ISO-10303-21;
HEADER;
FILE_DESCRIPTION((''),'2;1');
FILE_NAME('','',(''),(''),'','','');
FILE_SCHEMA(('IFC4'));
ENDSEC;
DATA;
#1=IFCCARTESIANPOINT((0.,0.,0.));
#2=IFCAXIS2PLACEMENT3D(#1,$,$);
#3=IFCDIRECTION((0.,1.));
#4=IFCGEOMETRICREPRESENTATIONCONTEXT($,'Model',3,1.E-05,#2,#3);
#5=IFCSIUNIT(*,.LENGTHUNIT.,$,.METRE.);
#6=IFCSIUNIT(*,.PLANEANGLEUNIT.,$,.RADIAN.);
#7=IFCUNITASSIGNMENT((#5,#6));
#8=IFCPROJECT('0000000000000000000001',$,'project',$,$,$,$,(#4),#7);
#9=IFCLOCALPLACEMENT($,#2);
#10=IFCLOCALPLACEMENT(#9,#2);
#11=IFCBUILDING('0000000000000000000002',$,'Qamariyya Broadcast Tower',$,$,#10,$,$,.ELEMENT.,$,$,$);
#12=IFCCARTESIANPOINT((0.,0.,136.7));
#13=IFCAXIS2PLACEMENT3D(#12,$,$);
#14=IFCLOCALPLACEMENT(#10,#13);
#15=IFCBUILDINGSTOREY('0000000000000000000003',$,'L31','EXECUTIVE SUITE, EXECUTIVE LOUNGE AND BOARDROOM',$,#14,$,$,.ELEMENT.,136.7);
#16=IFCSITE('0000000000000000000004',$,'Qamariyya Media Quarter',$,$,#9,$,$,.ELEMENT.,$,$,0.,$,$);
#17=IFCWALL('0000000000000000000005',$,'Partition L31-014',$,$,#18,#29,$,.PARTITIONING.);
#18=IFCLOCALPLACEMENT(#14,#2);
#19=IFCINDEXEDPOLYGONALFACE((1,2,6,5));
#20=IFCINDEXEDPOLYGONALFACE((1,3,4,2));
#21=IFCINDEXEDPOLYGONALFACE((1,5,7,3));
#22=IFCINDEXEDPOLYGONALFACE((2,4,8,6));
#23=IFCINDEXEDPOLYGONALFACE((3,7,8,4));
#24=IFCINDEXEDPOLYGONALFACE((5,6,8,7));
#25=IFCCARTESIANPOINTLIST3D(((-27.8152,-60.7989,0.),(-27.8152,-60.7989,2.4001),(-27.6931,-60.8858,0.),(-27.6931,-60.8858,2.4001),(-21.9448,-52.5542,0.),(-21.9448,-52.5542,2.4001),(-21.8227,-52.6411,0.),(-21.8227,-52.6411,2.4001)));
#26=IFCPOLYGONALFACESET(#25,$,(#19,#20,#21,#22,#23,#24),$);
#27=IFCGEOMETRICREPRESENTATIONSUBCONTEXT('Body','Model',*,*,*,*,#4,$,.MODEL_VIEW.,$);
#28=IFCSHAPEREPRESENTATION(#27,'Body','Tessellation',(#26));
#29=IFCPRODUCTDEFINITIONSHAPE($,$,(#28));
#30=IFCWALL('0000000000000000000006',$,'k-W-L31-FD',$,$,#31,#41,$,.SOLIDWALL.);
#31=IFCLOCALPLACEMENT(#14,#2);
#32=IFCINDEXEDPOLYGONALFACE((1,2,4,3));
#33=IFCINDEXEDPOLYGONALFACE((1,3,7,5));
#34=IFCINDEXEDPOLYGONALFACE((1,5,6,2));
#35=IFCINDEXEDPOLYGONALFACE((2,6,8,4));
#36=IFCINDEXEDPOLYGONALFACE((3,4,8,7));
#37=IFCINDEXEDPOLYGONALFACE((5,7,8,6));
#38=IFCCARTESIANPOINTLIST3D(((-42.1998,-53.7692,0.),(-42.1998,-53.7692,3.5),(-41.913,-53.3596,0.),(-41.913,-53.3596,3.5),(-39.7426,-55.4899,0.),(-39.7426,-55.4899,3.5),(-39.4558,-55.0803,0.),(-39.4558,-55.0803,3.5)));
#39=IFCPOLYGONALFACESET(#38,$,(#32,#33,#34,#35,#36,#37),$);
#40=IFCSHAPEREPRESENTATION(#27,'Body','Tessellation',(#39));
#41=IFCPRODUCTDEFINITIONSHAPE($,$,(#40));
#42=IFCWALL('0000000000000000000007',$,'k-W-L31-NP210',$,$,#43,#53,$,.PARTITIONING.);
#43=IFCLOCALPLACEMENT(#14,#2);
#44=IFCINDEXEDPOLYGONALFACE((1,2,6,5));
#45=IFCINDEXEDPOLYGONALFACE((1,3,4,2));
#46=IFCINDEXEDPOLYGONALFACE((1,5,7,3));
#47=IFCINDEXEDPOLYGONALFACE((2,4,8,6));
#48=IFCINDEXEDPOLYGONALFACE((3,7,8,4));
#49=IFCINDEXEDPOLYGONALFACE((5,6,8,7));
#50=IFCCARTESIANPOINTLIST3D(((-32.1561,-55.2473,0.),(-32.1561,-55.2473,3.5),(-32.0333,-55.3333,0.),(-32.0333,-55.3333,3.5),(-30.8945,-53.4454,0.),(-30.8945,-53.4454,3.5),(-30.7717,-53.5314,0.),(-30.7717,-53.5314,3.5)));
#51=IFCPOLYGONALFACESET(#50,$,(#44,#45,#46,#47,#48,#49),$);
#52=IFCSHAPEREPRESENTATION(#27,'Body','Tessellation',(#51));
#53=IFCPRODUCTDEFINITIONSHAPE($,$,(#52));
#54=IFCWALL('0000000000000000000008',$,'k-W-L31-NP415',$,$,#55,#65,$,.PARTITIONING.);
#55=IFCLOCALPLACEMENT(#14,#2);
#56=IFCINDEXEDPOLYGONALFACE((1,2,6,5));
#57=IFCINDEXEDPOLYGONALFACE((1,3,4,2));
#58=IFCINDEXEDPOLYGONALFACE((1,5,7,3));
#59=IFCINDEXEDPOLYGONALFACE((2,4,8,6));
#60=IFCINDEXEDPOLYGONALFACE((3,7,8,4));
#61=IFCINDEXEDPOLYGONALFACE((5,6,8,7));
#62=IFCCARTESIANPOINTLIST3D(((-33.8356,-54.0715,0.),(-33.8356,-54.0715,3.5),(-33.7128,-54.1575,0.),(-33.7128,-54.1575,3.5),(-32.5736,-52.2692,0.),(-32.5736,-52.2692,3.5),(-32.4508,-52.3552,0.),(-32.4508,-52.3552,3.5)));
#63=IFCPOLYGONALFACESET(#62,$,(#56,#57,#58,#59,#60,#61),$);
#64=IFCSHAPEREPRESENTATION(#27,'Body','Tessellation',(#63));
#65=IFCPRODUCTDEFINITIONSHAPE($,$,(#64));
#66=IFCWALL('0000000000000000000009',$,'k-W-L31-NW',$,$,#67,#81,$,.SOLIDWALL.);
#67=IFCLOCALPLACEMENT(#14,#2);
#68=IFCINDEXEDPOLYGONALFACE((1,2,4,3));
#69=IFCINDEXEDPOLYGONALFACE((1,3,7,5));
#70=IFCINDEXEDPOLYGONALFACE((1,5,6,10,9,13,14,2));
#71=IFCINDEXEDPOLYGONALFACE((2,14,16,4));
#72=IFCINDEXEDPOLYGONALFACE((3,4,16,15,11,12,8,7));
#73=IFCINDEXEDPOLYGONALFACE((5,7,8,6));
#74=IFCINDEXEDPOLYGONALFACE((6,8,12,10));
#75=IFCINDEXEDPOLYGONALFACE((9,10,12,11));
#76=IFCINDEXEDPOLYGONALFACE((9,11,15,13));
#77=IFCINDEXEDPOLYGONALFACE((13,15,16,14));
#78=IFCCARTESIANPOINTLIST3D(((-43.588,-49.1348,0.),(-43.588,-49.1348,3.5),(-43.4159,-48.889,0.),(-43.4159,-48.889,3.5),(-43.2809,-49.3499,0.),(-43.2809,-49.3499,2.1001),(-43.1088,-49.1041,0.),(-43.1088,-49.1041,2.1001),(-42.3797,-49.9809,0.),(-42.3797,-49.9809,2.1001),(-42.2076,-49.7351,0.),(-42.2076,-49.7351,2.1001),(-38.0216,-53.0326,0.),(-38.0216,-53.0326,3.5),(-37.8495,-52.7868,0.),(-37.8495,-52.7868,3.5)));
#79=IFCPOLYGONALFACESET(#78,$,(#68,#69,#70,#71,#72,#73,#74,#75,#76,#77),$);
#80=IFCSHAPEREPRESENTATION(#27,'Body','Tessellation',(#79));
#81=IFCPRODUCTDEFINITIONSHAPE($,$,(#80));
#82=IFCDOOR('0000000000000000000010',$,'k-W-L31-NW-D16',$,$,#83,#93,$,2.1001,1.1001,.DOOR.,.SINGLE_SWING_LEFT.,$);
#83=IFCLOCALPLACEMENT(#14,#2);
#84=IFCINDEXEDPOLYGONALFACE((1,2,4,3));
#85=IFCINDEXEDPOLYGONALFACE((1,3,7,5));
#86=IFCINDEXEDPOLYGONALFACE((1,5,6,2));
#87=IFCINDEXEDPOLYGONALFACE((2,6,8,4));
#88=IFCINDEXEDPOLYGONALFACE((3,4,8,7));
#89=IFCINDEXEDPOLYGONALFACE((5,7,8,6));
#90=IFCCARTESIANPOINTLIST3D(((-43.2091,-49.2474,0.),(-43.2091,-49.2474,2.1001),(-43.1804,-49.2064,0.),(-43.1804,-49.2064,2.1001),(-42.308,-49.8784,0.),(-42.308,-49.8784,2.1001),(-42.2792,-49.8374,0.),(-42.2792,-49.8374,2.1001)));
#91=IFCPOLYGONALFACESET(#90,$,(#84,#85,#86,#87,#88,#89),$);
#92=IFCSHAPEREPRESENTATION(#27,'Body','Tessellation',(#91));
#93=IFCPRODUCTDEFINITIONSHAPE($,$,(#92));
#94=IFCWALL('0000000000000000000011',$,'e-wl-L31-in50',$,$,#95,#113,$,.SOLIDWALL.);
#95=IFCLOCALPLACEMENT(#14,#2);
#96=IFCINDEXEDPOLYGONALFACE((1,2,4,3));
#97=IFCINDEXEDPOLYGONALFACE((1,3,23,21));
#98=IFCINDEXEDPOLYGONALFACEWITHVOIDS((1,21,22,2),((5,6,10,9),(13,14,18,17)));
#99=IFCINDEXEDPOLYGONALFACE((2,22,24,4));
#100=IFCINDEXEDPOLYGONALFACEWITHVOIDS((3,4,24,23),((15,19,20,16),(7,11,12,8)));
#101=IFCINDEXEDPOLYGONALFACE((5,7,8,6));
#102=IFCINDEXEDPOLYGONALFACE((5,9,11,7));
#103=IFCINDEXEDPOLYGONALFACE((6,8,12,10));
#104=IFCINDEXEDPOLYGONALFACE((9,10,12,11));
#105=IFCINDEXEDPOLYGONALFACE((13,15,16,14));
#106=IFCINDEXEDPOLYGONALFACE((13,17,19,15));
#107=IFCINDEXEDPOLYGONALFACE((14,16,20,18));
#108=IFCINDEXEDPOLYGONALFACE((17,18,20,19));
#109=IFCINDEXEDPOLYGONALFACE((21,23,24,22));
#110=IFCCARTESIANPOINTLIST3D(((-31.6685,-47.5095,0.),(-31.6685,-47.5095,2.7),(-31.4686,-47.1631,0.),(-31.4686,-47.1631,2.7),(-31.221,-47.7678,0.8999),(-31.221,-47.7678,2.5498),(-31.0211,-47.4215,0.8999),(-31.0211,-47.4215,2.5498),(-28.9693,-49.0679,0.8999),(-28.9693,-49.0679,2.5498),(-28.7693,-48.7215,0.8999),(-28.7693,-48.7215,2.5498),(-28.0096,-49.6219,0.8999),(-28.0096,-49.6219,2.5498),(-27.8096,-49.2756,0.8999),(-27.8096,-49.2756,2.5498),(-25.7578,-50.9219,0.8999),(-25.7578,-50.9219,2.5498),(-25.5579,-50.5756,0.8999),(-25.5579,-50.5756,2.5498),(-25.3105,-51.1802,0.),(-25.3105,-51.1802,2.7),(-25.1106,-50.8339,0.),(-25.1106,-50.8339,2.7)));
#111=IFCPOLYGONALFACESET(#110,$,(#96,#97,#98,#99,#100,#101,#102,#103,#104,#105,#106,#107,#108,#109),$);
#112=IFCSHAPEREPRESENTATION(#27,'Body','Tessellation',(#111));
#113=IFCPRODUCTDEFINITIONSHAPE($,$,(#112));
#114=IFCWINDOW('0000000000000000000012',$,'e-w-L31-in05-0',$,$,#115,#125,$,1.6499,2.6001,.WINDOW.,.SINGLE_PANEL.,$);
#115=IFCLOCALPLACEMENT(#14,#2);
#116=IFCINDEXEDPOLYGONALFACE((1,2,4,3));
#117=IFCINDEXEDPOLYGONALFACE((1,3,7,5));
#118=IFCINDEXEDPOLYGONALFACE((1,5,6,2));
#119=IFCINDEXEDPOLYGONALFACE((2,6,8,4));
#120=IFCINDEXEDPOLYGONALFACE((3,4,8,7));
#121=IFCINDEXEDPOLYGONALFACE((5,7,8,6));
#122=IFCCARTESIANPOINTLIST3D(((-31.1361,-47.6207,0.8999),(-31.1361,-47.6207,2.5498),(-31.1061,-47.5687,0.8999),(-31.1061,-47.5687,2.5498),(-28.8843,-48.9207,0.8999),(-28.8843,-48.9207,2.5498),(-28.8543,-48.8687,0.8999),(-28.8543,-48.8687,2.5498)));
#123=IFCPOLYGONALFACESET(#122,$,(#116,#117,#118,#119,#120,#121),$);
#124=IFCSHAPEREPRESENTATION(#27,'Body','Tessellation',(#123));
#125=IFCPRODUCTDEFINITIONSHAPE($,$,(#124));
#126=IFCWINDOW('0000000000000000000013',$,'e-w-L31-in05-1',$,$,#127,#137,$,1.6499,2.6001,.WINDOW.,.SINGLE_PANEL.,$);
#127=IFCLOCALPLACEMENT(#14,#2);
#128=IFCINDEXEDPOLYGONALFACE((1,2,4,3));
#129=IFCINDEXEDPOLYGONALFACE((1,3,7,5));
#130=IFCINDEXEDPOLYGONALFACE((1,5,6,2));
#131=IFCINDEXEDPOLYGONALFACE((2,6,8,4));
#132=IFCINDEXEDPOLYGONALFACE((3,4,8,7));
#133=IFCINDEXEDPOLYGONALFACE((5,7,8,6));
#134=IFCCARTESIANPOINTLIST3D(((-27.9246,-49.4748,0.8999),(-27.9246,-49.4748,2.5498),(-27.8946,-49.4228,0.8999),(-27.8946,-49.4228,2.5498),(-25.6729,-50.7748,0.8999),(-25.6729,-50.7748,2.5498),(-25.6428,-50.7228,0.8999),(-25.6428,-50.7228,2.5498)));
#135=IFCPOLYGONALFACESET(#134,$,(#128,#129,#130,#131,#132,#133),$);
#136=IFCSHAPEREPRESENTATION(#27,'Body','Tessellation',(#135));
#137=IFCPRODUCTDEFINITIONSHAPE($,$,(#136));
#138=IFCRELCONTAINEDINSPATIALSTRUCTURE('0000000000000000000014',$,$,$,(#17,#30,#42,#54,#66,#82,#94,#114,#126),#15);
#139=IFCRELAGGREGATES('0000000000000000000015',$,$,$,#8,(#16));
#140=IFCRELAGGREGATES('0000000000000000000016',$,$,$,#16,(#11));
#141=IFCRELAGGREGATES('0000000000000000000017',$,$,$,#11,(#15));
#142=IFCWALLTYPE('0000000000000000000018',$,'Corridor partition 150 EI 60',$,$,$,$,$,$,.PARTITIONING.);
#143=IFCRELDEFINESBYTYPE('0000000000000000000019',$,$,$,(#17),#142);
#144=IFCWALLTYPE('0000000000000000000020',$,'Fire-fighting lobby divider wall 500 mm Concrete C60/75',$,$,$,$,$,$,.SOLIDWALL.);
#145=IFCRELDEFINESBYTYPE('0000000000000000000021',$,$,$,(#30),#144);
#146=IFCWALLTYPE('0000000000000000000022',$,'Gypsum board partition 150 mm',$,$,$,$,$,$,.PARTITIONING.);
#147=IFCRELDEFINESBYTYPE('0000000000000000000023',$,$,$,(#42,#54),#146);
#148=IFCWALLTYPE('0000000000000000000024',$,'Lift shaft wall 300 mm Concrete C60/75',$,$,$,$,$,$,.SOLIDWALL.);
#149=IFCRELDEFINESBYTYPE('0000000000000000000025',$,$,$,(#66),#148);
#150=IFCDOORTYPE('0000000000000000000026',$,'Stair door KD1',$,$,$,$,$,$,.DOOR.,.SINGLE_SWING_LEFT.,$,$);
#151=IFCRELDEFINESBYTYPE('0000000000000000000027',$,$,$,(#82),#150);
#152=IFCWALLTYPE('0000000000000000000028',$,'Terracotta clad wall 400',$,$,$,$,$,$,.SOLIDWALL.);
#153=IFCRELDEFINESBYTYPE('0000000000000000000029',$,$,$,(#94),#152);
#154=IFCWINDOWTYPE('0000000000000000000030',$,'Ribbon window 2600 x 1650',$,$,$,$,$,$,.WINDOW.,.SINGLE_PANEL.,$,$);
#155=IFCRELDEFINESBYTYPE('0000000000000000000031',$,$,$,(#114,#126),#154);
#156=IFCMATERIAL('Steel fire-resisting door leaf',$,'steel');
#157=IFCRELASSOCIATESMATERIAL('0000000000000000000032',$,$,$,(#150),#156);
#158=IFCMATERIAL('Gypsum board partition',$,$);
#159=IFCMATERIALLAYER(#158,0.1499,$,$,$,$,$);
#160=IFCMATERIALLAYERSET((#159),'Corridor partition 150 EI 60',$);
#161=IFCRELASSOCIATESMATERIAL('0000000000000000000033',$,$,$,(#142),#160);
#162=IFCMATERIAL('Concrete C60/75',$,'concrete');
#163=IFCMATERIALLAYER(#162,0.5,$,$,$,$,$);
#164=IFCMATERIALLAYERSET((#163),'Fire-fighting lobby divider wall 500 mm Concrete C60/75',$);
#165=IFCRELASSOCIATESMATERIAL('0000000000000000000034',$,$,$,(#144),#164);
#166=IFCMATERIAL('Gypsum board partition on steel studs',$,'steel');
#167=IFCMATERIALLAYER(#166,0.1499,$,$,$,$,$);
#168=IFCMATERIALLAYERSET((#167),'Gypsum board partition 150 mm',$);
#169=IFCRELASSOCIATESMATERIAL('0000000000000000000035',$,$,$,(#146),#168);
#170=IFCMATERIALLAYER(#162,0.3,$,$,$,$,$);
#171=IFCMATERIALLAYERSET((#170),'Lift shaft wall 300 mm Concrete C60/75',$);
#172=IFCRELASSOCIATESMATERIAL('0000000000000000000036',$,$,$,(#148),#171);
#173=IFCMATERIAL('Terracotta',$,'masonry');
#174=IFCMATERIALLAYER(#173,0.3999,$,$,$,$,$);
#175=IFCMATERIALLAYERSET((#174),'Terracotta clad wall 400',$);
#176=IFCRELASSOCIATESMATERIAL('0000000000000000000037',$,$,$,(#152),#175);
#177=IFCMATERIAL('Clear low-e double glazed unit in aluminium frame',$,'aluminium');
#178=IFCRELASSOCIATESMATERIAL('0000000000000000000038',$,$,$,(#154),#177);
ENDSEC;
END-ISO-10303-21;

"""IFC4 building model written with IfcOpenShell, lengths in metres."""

from ifc_helpers import new_model, si_unit, direction, frame, frame_2d, origin, place, context, subcontext, project, spatial, rectangle, extrude, material, layer, layer_set, type_object, element, fill, save


model = new_model("IFC4")

# Units and contexts
model_context = context("Model", 3, precision=1e-05, world=origin(), true_north=direction((0.0, 1.0)))
body_context = subcontext(model_context, "Body", "Model", "MODEL_VIEW")
ifc_project = project(units=[si_unit("LENGTHUNIT", "METRE"), si_unit("PLANEANGLEUNIT", "RADIAN")], contexts=[model_context])

# Site, building, storey
site_placement = place(None, origin())
site = spatial("IfcSite", under=ifc_project, at=site_placement, Name="Qamariyya Media Quarter", CompositionType="ELEMENT", RefElevation=0.0)
building_placement = place(site_placement, origin())
building = spatial("IfcBuilding", under=site, at=building_placement, Name="Qamariyya Broadcast Tower", CompositionType="ELEMENT")
storey_placement = place(building_placement, frame((0.0, 0.0, 136.7)))
storey = spatial("IfcBuildingStorey", under=building, at=storey_placement, Name="L31", Description="EXECUTIVE SUITE, EXECUTIVE LOUNGE AND BOARDROOM", CompositionType="ELEMENT", Elevation=136.7)

# Shared definitions
ifc_material_1 = material(Name="Steel fire-resisting door leaf", Category="steel")
door_type_1 = type_object("IfcDoorType", Name="Stair door KD1", OperationType="SINGLE_SWING_LEFT", PredefinedType="DOOR", material=ifc_material_1)

# Walls
ifc_material_2 = material(Name="Gypsum board partition")
ifc_layer_1 = layer(ifc_material_2, 0.1499)
ifc_layer_set_1 = layer_set([ifc_layer_1], Name="Corridor partition 150 EI 60")
wall_type_1 = type_object("IfcWallType", Name="Corridor partition 150 EI 60", PredefinedType="PARTITIONING", material=ifc_layer_set_1)
wall_1_placement = place(storey_placement, frame((-21.8838, -52.5977, 0.0), z_axis=(0.0, 0.0, 1.0), x_axis=(-0.580017, -0.814605, 0.0)))
element("IfcWall", 1, at=wall_1_placement, inside=storey, type_object=wall_type_1, Name="Partition L31-014", PredefinedType="PARTITIONING", context=body_context, shape_type="SweptSolid", body=[
    extrude(rectangle(XDim=10.1211, YDim=0.1499, at=frame_2d((5.0605, 0.0))), origin(), (0.0, 0.0, 1.0), 2.4001),
])
ifc_material_3 = material(Name="Concrete C60/75", Category="concrete")
ifc_layer_2 = layer(ifc_material_3, 0.5)
ifc_layer_set_2 = layer_set([ifc_layer_2], Name="Fire-fighting lobby divider wall 500 mm Concrete C60/75")
wall_type_2 = type_object("IfcWallType", Name="Fire-fighting lobby divider wall 500 mm Concrete C60/75", PredefinedType="SOLIDWALL", material=ifc_layer_set_2)
wall_2_placement = place(storey_placement, frame((-39.5991, -55.2852, 0.0), z_axis=(0.0, 0.0, 1.0), x_axis=(-0.819136, 0.573599, 0.0)))
element("IfcWall", 2, at=wall_2_placement, inside=storey, type_object=wall_type_2, Name="k-W-L31-FD", PredefinedType="SOLIDWALL", context=body_context, shape_type="SweptSolid", body=[
    extrude(rectangle(XDim=2.9998, YDim=0.5, at=frame_2d((1.5, 0.0))), origin(), (0.0, 0.0, 1.0), 3.5),
])
ifc_material_4 = material(Name="Gypsum board partition on steel studs", Category="steel")
ifc_layer_3 = layer(ifc_material_4, 0.1499)
ifc_layer_set_3 = layer_set([ifc_layer_3], Name="Gypsum board partition 150 mm")
wall_type_3 = type_object("IfcWallType", Name="Gypsum board partition 150 mm", PredefinedType="PARTITIONING", material=ifc_layer_set_3)
wall_3_placement = place(storey_placement, frame((-32.0947, -55.2903, 0.0), z_axis=(0.0, 0.0, 1.0), x_axis=(0.573559, 0.819164, 0.0)))
element("IfcWall", 3, at=wall_3_placement, inside=storey, type_object=wall_type_3, Name="k-W-L31-NP210", PredefinedType="PARTITIONING", context=body_context, shape_type="SweptSolid", body=[
    extrude(rectangle(XDim=2.1997, YDim=0.1499, at=frame_2d((1.0999, 0.0))), origin(), (0.0, 0.0, 1.0), 3.5),
])
wall_4_placement = place(storey_placement, frame((-33.7742, -54.1145, 0.0), z_axis=(0.0, 0.0, 1.0), x_axis=(0.573581, 0.819149, 0.0)))
element("IfcWall", 4, at=wall_4_placement, inside=storey, type_object=wall_type_3, Name="k-W-L31-NP415", PredefinedType="PARTITIONING", context=body_context, shape_type="SweptSolid", body=[
    extrude(rectangle(XDim=2.2002, YDim=0.1499, at=frame_2d((1.1001, 0.0))), origin(), (0.0, 0.0, 1.0), 3.5),
])

# Wall, opening, door
ifc_layer_4 = layer(ifc_material_3, 0.3)
ifc_layer_set_4 = layer_set([ifc_layer_4], Name="Lift shaft wall 300 mm Concrete C60/75")
wall_type_4 = type_object("IfcWallType", Name="Lift shaft wall 300 mm Concrete C60/75", PredefinedType="SOLIDWALL", material=ifc_layer_set_4)
wall_5_placement = place(storey_placement, frame((-37.9355, -52.9097, 0.0), z_axis=(0.0, 0.0, 1.0), x_axis=(-0.819148, 0.573583, 0.0)))
wall_5 = element("IfcWall", 5, at=wall_5_placement, inside=storey, type_object=wall_type_4, Name="k-W-L31-NW", PredefinedType="SOLIDWALL", context=body_context, shape_type="SweptSolid", body=[
    extrude(rectangle(XDim=6.7954, YDim=0.3, at=frame_2d((3.3977, 0.0))), origin(), (0.0, 0.0, 1.0), 3.5),
])
opening_1_placement = place(wall_5_placement, frame((5.3203, 0.0, 0.0)))
opening_1 = element("IfcOpeningElement", 6, at=opening_1_placement, cuts=wall_5, PredefinedType="OPENING", context=body_context, shape_type="SweptSolid", body=[
    extrude(rectangle(XDim=1.1001, YDim=2.1001, at=frame_2d((0.55, 1.05))), frame((0.0, 0.1599, 0.0), z_axis=(0.0, -1.0, 0.0), x_axis=(1.0, 0.0, 0.0)), (0.0, 0.0, 1.0), 0.3201),
])
door_1_placement = place(opening_1_placement, origin())
door_1 = element("IfcDoor", 7, at=door_1_placement, inside=storey, type_object=door_type_1, Name="k-W-L31-NW-D16", OperationType="SINGLE_SWING_LEFT", OverallHeight=2.1001, OverallWidth=1.1001, PredefinedType="DOOR", context=body_context, shape_type="SweptSolid", body=[
    extrude(rectangle(XDim=1.1001, YDim=2.1001, at=frame_2d((0.55, 1.05))), frame((0.0, 0.0249, 0.0), z_axis=(0.0, -1.0, 0.0), x_axis=(1.0, 0.0, 0.0)), (0.0, 0.0, 1.0), 0.05),
])
fill(opening_1, door_1)

# Wall, openings, windows
ifc_material_5 = material(Name="Terracotta", Category="masonry")
ifc_layer_5 = layer(ifc_material_5, 0.3999)
ifc_layer_set_5 = layer_set([ifc_layer_5], Name="Terracotta clad wall 400")
wall_type_5 = type_object("IfcWallType", Name="Terracotta clad wall 400", PredefinedType="SOLIDWALL", material=ifc_layer_set_5)
wall_6_placement = place(storey_placement, frame((-25.2104, -51.0071, 0.0), z_axis=(0.0, 0.0, 1.0), x_axis=(-0.866031, 0.499991, 0.0)))
wall_6 = element("IfcWall", 8, at=wall_6_placement, inside=storey, type_object=wall_type_5, Name="e-wl-L31-in50", PredefinedType="SOLIDWALL", context=body_context, shape_type="SweptSolid", body=[
    extrude(rectangle(XDim=7.3416, YDim=0.3999, at=frame_2d((3.6709, 0.0))), origin(), (0.0, 0.0, 1.0), 2.7),
])
opening_2_placement = place(wall_6_placement, frame((4.2249, 0.0, 0.8999)))
opening_2 = element("IfcOpeningElement", 9, at=opening_2_placement, cuts=wall_6, PredefinedType="OPENING", context=body_context, shape_type="SweptSolid", body=[
    extrude(rectangle(XDim=2.6001, YDim=1.6499, at=frame_2d((1.3, 0.825))), frame((0.0, 0.21, 0.0), z_axis=(0.0, -1.0, 0.0), x_axis=(1.0, 0.0, 0.0)), (0.0, 0.0, 1.0), 0.4199),
])
opening_3_placement = place(wall_6_placement, frame((0.5166, 0.0, 0.8999)))
opening_3 = element("IfcOpeningElement", 10, at=opening_3_placement, cuts=wall_6, PredefinedType="OPENING", context=body_context, shape_type="SweptSolid", body=[
    extrude(rectangle(XDim=2.6001, YDim=1.6499, at=frame_2d((1.3, 0.825))), frame((0.0, 0.21, 0.0), z_axis=(0.0, -1.0, 0.0), x_axis=(1.0, 0.0, 0.0)), (0.0, 0.0, 1.0), 0.4199),
])
ifc_material_6 = material(Name="Clear low-e double glazed unit in aluminium frame", Category="aluminium")
window_type = type_object("IfcWindowType", Name="Ribbon window 2600 x 1650", PartitioningType="SINGLE_PANEL", PredefinedType="WINDOW", material=ifc_material_6)
window_1_placement = place(opening_2_placement, origin())
window_1 = element("IfcWindow", 11, at=window_1_placement, inside=storey, type_object=window_type, Name="e-w-L31-in05-0", OverallHeight=1.6499, OverallWidth=2.6001, PartitioningType="SINGLE_PANEL", PredefinedType="WINDOW", context=body_context, shape_type="SweptSolid", body=[
    extrude(rectangle(XDim=2.6001, YDim=1.6499, at=frame_2d((1.3, 0.825))), frame((0.0, 0.03, 0.0), z_axis=(0.0, -1.0, 0.0), x_axis=(1.0, 0.0, 0.0)), (0.0, 0.0, 1.0), 0.0601),
])
fill(opening_2, window_1)
window_2_placement = place(opening_3_placement, origin())
window_2 = element("IfcWindow", 12, at=window_2_placement, inside=storey, type_object=window_type, Name="e-w-L31-in05-1", OverallHeight=1.6499, OverallWidth=2.6001, PartitioningType="SINGLE_PANEL", PredefinedType="WINDOW", context=body_context, shape_type="SweptSolid", body=[
    extrude(rectangle(XDim=2.6001, YDim=1.6499, at=frame_2d((1.3, 0.825))), frame((0.0, 0.03, 0.0), z_axis=(0.0, -1.0, 0.0), x_axis=(1.0, 0.0, 0.0)), (0.0, 0.0, 1.0), 0.0601),
])
fill(opening_3, window_2)

save(model, "model.ifc")
